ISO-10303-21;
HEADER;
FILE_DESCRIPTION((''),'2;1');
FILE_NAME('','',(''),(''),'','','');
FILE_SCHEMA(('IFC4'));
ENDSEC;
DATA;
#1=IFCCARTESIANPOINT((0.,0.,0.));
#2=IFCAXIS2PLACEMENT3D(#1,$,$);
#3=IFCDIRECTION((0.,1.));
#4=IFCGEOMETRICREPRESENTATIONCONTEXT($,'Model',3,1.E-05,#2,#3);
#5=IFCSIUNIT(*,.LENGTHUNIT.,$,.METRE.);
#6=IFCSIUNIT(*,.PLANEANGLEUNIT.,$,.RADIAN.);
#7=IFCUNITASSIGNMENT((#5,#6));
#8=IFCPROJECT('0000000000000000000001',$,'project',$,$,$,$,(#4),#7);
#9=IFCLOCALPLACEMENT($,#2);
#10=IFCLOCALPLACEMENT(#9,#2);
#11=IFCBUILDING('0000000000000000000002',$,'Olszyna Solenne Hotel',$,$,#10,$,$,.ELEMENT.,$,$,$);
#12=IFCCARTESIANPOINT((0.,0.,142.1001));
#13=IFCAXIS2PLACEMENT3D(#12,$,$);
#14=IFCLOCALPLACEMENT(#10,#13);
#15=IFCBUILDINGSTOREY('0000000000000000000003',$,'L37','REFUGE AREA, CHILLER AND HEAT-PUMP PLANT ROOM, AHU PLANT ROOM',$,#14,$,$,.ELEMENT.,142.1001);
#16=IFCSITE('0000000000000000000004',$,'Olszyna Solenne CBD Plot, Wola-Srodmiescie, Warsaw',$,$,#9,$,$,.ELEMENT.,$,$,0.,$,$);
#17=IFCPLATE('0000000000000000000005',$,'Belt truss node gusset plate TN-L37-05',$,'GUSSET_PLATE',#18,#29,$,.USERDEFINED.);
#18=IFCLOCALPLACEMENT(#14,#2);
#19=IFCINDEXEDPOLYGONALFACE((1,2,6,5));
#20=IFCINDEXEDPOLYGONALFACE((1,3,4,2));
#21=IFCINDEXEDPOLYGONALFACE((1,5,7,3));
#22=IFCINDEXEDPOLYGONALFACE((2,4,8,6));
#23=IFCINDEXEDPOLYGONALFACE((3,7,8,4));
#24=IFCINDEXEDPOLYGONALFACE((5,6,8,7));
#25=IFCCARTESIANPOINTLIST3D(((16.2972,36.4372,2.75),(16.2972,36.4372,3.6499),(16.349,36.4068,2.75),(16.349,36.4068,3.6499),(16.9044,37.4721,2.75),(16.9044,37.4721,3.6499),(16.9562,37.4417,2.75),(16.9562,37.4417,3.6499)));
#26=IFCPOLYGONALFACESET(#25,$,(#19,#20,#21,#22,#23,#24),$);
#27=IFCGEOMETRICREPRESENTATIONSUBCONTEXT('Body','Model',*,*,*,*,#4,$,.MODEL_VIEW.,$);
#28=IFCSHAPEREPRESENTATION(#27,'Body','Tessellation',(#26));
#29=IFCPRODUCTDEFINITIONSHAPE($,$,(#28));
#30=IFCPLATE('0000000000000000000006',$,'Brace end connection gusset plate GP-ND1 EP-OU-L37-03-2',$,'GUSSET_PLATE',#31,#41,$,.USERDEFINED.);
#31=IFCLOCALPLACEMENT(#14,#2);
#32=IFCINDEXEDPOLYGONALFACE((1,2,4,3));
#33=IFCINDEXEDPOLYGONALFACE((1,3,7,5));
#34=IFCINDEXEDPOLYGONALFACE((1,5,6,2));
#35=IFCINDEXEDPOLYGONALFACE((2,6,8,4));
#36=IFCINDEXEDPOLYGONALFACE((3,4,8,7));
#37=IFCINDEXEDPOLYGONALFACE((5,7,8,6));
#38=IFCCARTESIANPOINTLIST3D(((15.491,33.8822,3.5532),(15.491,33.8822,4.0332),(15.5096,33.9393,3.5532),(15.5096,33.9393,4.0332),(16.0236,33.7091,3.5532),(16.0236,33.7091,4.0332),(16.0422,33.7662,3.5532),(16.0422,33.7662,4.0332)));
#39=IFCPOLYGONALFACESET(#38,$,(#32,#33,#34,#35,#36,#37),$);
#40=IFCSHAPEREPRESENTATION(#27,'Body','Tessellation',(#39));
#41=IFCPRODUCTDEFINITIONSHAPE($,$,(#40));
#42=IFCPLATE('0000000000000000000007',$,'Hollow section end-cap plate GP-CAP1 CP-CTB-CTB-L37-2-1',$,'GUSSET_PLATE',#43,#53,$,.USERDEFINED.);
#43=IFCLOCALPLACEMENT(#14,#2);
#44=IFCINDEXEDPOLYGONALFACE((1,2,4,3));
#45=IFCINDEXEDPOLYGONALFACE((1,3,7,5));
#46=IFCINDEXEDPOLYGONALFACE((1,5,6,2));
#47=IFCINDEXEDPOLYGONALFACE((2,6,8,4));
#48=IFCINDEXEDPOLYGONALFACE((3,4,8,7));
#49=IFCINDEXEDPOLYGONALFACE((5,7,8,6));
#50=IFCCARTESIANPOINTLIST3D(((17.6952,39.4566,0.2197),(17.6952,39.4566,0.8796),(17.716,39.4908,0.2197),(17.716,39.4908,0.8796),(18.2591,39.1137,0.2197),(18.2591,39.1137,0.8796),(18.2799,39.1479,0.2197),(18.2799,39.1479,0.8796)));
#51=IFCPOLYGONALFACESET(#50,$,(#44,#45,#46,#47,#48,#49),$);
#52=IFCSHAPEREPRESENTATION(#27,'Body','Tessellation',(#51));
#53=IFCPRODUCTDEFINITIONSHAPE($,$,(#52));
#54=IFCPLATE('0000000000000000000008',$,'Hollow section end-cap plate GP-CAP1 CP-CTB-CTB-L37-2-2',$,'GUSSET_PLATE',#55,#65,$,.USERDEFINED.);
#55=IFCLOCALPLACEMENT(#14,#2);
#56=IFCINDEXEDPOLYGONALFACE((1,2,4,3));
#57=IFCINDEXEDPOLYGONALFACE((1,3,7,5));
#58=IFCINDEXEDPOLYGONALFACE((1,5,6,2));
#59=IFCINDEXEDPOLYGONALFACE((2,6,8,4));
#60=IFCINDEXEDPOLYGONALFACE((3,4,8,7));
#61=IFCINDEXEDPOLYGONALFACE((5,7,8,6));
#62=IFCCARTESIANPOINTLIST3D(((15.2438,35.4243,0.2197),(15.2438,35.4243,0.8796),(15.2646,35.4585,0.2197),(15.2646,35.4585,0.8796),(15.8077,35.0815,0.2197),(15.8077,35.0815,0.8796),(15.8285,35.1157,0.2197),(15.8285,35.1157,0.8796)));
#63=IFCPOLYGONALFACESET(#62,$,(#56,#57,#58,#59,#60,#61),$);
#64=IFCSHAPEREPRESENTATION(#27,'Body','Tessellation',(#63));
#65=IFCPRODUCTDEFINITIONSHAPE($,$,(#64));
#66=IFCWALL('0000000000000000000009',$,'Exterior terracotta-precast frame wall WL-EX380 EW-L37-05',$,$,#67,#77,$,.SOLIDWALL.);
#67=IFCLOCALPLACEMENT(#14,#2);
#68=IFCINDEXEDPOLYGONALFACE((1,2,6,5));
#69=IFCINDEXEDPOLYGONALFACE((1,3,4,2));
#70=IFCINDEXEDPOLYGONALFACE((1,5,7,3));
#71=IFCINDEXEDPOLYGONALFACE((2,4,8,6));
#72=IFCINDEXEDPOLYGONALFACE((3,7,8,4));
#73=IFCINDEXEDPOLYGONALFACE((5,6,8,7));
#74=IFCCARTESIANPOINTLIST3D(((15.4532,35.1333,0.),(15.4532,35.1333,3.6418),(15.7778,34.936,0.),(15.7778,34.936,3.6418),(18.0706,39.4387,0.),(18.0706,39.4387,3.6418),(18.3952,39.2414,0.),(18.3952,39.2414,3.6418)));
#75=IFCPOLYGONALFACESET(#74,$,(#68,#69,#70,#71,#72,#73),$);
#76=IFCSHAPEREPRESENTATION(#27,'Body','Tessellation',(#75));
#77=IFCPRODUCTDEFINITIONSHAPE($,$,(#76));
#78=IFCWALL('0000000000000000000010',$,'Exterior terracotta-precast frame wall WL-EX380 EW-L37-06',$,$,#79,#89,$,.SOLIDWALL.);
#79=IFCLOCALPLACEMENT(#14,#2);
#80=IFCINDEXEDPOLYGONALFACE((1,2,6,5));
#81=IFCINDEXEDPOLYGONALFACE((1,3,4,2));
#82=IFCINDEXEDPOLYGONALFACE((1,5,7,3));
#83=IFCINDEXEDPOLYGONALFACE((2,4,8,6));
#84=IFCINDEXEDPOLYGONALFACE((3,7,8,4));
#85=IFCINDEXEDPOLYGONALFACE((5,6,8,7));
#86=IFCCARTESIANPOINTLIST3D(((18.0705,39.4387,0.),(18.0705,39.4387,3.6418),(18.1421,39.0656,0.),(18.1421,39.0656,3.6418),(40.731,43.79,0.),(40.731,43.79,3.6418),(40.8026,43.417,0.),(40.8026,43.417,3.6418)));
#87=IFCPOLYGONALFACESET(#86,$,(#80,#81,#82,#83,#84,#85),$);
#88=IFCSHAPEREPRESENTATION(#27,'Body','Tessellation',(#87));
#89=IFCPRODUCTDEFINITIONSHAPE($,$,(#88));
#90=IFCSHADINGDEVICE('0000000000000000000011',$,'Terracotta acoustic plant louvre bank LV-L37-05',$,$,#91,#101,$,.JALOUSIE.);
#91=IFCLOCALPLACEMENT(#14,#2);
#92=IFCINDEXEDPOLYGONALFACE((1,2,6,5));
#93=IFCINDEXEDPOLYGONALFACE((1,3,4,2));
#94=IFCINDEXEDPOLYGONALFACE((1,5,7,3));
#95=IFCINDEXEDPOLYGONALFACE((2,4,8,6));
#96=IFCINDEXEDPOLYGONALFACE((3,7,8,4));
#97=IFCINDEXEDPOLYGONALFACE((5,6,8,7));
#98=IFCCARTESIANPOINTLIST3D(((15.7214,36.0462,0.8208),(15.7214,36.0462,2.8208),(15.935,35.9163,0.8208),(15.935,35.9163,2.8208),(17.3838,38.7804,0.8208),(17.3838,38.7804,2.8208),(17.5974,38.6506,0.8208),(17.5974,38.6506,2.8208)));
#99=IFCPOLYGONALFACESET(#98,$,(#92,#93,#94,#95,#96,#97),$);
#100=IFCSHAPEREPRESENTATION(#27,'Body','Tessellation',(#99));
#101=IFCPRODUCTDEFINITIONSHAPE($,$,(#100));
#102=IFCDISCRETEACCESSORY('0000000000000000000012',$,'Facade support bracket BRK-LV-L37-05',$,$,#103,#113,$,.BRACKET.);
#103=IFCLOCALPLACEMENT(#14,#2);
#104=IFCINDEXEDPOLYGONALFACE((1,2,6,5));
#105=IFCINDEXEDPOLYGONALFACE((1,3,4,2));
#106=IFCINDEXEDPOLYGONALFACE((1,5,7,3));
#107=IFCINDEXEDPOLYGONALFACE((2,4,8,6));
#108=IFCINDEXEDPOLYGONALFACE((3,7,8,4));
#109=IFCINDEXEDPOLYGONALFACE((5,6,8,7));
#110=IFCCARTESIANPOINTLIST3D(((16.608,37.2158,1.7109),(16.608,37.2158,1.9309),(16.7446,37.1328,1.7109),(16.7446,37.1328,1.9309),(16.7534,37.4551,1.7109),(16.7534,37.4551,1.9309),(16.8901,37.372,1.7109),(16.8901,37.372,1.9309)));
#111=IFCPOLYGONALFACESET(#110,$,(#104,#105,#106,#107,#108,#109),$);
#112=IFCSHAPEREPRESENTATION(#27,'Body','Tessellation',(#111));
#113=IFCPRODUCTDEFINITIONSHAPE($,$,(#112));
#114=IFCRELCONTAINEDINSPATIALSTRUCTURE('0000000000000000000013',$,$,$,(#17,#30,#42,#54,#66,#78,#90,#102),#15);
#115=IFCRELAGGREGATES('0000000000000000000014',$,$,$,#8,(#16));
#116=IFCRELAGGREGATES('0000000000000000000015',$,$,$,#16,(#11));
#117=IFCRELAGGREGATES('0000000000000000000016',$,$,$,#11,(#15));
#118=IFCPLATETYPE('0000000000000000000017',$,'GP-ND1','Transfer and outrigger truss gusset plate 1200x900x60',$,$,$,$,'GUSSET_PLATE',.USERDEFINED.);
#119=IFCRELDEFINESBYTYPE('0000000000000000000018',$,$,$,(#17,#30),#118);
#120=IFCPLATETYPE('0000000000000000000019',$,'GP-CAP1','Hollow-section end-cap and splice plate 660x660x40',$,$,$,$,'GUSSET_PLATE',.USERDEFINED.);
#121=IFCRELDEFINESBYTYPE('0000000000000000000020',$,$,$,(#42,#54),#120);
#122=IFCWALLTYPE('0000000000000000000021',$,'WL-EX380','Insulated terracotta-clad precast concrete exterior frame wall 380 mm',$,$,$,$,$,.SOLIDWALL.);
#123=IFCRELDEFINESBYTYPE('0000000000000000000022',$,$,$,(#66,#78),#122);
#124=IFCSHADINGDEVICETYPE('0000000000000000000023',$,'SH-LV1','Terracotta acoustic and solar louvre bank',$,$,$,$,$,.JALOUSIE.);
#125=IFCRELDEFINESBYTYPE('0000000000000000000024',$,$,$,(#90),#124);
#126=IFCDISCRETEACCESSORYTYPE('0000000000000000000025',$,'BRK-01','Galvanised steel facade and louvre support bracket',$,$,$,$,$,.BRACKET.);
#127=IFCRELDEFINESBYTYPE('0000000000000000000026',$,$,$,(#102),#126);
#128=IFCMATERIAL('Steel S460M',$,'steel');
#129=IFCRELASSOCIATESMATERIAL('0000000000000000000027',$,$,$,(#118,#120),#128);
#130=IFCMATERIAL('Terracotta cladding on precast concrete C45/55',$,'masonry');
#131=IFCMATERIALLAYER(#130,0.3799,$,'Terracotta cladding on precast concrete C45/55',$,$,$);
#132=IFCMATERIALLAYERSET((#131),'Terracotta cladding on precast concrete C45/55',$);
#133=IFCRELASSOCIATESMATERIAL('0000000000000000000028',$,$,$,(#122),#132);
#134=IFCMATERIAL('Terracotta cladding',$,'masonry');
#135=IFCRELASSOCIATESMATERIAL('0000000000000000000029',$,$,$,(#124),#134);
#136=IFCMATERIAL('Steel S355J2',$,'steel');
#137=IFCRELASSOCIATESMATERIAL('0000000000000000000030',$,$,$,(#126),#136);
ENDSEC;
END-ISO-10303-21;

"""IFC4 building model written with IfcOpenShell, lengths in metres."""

from ifc_helpers import new_model, si_unit, direction, frame, frame_2d, origin, origin_2d, place, context, subcontext, project, spatial, rectangle, extrude, source, transform, mapped, material, layer, layer_set, type_object, element, save


model = new_model("IFC4")

# Units and contexts
model_context = context("Model", 3, precision=1e-05, world=origin(), true_north=direction((0.0, 1.0)))
body_context = subcontext(model_context, "Body", "Model", "MODEL_VIEW")
ifc_project = project(units=[si_unit("LENGTHUNIT", "METRE"), si_unit("PLANEANGLEUNIT", "RADIAN")], contexts=[model_context])

# Site, building, storey
site_placement = place(None, origin())
site = spatial("IfcSite", under=ifc_project, at=site_placement, Name="Olszyna Solenne CBD Plot, Wola-Srodmiescie, Warsaw", CompositionType="ELEMENT", RefElevation=0.0)
building_placement = place(site_placement, origin())
building = spatial("IfcBuilding", under=site, at=building_placement, Name="Olszyna Solenne Hotel", CompositionType="ELEMENT")
storey_placement = place(building_placement, frame((0.0, 0.0, 142.1001)))
storey = spatial("IfcBuildingStorey", under=building, at=storey_placement, Name="L37", Description="REFUGE AREA, CHILLER AND HEAT-PUMP PLANT ROOM, AHU PLANT ROOM", CompositionType="ELEMENT", Elevation=142.1001)

# Shared definitions
ifc_material_1 = material(Name="Steel S460M", Category="steel")

# Shared definitions
ifc_material_2 = material(Name="Steel S355J2", Category="steel")

# Plates
plate_type_1 = type_object("IfcPlateType", Name="GP-ND1", Description="Transfer and outrigger truss gusset plate 1200x900x60", ElementType="GUSSET_PLATE", PredefinedType="USERDEFINED", material=ifc_material_1)
shared_shape_1 = source(origin(), body_context, "Body", "SweptSolid", [
    extrude(rectangle(XDim=1.2, YDim=0.0601, at=origin_2d()), origin(), (0.0, 0.0, 1.0), 0.8999),
])
plate_1_placement = place(storey_placement, frame((16.6267, 36.9395, 2.75), z_axis=(0.0, 0.0, 1.0), x_axis=(-0.506034, -0.862514, 0.0)))
element("IfcPlate", 1, at=plate_1_placement, inside=storey, type_object=plate_type_1, Name="Belt truss node gusset plate TN-L37-05", ObjectType="GUSSET_PLATE", PredefinedType="USERDEFINED", context=body_context, shape_type="MappedRepresentation", body=[
    mapped(shared_shape_1, transform((0.0, 0.0, 0.0), x_axis=(1.0, 0.0, 0.0), y_axis=(0.0, 1.0, 0.0), z_axis=(0.0, 0.0, 1.0), scale=1.0)),
])
shared_shape_2 = source(origin(), body_context, "Body", "SweptSolid", [
    extrude(rectangle(XDim=0.5601, YDim=0.0601, at=origin_2d()), origin(), (0.0, 0.0, 1.0), 0.48),
])
plate_2_placement = place(storey_placement, frame((15.7666, 33.8242, 3.5532), z_axis=(0.0, 0.0, 1.0), x_axis=(-0.951057, 0.309017, 0.0)))
element("IfcPlate", 2, at=plate_2_placement, inside=storey, type_object=plate_type_1, Name="Brace end connection gusset plate GP-ND1 EP-OU-L37-03-2", ObjectType="GUSSET_PLATE", PredefinedType="USERDEFINED", context=body_context, shape_type="MappedRepresentation", body=[
    mapped(shared_shape_2, transform((0.0, 0.0, 0.0), x_axis=(1.0, 0.0, 0.0), y_axis=(0.0, 1.0, 0.0), z_axis=(0.0, 0.0, 1.0), scale=1.0)),
])
plate_type_2 = type_object("IfcPlateType", Name="GP-CAP1", Description="Hollow-section end-cap and splice plate 660x660x40", ElementType="GUSSET_PLATE", PredefinedType="USERDEFINED", material=ifc_material_1)
shared_shape_3 = source(origin(), body_context, "Body", "SweptSolid", [
    extrude(rectangle(XDim=0.04, YDim=0.6599, at=origin_2d()), origin(), (0.0, 0.0, 1.0), 0.6599),
])
for number, where, z_axis, x_axis, name in (
    (3, (17.9875, 39.3022, 0.2197), (0.0, 0.0, 1.0), (-0.519519, -0.854459, 0.0), "Hollow section end-cap plate GP-CAP1 CP-CTB-CTB-L37-2-1"),
    (4, (15.5361, 35.27, 0.2197), (0.0, 0.0, 1.0), (-0.519519, -0.854459, 0.0), "Hollow section end-cap plate GP-CAP1 CP-CTB-CTB-L37-2-2"),
):
    element("IfcPlate", number, at=place(storey_placement, frame(where, z_axis=z_axis, x_axis=x_axis)), inside=storey, type_object=plate_type_2, Name=name, ObjectType="GUSSET_PLATE", PredefinedType="USERDEFINED", context=body_context, shape_type="MappedRepresentation", body=[
        mapped(shared_shape_3, transform((0.0, 0.0, 0.0), x_axis=(1.0, 0.0, 0.0), y_axis=(0.0, 1.0, 0.0), z_axis=(0.0, 0.0, 1.0), scale=1.0)),
    ])

# Walls
ifc_material_3 = material(Name="Terracotta cladding on precast concrete C45/55", Category="masonry")
ifc_layer = layer(ifc_material_3, 0.3799, Name="Terracotta cladding on precast concrete C45/55")
ifc_layer_set = layer_set([ifc_layer], Name="Terracotta cladding on precast concrete C45/55")
wall_type = type_object("IfcWallType", Name="WL-EX380", Description="Insulated terracotta-clad precast concrete exterior frame wall 380 mm", PredefinedType="SOLIDWALL", material=ifc_layer_set)
wall_1_placement = place(storey_placement, frame((15.6155, 35.0347, 0.0), z_axis=(0.0, 0.0, 1.0), x_axis=(0.519475, 0.854486, 0.0)))
element("IfcWall", 5, at=wall_1_placement, inside=storey, type_object=wall_type, Name="Exterior terracotta-precast frame wall WL-EX380 EW-L37-05", PredefinedType="SOLIDWALL", context=body_context, shape_type="SweptSolid", body=[
    extrude(rectangle(XDim=5.0386, YDim=0.3799, at=frame_2d((2.5193, 0.0))), origin(), (0.0, 0.0, 1.0), 3.6418),
])
wall_2_placement = place(storey_placement, frame((18.1064, 39.2522, 0.0), z_axis=(0.0, 0.0, 1.0), x_axis=(0.982058, 0.188578, 0.0)))
element("IfcWall", 6, at=wall_2_placement, inside=storey, type_object=wall_type, Name="Exterior terracotta-precast frame wall WL-EX380 EW-L37-06", PredefinedType="SOLIDWALL", context=body_context, shape_type="SweptSolid", body=[
    extrude(rectangle(XDim=23.0745, YDim=0.3799, at=frame_2d((11.5371, 0.0))), origin(), (0.0, 0.0, 1.0), 3.6418),
])

# Shading device
ifc_material_4 = material(Name="Terracotta cladding", Category="masonry")
shading_device_type = type_object("IfcShadingDeviceType", Name="SH-LV1", Description="Terracotta acoustic and solar louvre bank", PredefinedType="JALOUSIE", material=ifc_material_4)
shared_shape_4 = source(origin(), body_context, "Body", "SweptSolid", [
    extrude(rectangle(XDim=3.2, YDim=0.25, at=origin_2d()), origin(), (0.0, 0.0, 1.0), 2.0),
])
shading_device_placement = place(storey_placement, frame((16.6594, 37.3484, 0.8208), z_axis=(0.0, 0.0, 1.0), x_axis=(0.519519, 0.854459, 0.0)))
element("IfcShadingDevice", 7, at=shading_device_placement, inside=storey, type_object=shading_device_type, Name="Terracotta acoustic plant louvre bank LV-L37-05", PredefinedType="JALOUSIE", context=body_context, shape_type="MappedRepresentation", body=[
    mapped(shared_shape_4, transform((0.0, 0.0, 0.0), x_axis=(1.0, 0.0, 0.0), y_axis=(0.0, 1.0, 0.0), z_axis=(0.0, 0.0, 1.0), scale=1.0)),
])

# Discrete accessory
discrete_accessory_type = type_object("IfcDiscreteAccessoryType", Name="BRK-01", Description="Galvanised steel facade and louvre support bracket", PredefinedType="BRACKET", material=ifc_material_2)
shared_shape_5 = source(origin(), body_context, "Body", "SweptSolid", [
    extrude(rectangle(XDim=0.28, YDim=0.1599, at=origin_2d()), origin(), (0.0, 0.0, 1.0), 0.22),
])
discrete_accessory_placement = place(storey_placement, frame((16.749, 37.2939, 1.7109), z_axis=(0.0, 0.0, 1.0), x_axis=(0.519519, 0.854459, 0.0)))
element("IfcDiscreteAccessory", 8, at=discrete_accessory_placement, inside=storey, type_object=discrete_accessory_type, Name="Facade support bracket BRK-LV-L37-05", PredefinedType="BRACKET", context=body_context, shape_type="MappedRepresentation", body=[
    mapped(shared_shape_5, transform((0.0, 0.0, 0.0), x_axis=(1.0, 0.0, 0.0), y_axis=(0.0, 1.0, 0.0), z_axis=(0.0, 0.0, 1.0), scale=1.0)),
])

save(model, "model.ifc")
